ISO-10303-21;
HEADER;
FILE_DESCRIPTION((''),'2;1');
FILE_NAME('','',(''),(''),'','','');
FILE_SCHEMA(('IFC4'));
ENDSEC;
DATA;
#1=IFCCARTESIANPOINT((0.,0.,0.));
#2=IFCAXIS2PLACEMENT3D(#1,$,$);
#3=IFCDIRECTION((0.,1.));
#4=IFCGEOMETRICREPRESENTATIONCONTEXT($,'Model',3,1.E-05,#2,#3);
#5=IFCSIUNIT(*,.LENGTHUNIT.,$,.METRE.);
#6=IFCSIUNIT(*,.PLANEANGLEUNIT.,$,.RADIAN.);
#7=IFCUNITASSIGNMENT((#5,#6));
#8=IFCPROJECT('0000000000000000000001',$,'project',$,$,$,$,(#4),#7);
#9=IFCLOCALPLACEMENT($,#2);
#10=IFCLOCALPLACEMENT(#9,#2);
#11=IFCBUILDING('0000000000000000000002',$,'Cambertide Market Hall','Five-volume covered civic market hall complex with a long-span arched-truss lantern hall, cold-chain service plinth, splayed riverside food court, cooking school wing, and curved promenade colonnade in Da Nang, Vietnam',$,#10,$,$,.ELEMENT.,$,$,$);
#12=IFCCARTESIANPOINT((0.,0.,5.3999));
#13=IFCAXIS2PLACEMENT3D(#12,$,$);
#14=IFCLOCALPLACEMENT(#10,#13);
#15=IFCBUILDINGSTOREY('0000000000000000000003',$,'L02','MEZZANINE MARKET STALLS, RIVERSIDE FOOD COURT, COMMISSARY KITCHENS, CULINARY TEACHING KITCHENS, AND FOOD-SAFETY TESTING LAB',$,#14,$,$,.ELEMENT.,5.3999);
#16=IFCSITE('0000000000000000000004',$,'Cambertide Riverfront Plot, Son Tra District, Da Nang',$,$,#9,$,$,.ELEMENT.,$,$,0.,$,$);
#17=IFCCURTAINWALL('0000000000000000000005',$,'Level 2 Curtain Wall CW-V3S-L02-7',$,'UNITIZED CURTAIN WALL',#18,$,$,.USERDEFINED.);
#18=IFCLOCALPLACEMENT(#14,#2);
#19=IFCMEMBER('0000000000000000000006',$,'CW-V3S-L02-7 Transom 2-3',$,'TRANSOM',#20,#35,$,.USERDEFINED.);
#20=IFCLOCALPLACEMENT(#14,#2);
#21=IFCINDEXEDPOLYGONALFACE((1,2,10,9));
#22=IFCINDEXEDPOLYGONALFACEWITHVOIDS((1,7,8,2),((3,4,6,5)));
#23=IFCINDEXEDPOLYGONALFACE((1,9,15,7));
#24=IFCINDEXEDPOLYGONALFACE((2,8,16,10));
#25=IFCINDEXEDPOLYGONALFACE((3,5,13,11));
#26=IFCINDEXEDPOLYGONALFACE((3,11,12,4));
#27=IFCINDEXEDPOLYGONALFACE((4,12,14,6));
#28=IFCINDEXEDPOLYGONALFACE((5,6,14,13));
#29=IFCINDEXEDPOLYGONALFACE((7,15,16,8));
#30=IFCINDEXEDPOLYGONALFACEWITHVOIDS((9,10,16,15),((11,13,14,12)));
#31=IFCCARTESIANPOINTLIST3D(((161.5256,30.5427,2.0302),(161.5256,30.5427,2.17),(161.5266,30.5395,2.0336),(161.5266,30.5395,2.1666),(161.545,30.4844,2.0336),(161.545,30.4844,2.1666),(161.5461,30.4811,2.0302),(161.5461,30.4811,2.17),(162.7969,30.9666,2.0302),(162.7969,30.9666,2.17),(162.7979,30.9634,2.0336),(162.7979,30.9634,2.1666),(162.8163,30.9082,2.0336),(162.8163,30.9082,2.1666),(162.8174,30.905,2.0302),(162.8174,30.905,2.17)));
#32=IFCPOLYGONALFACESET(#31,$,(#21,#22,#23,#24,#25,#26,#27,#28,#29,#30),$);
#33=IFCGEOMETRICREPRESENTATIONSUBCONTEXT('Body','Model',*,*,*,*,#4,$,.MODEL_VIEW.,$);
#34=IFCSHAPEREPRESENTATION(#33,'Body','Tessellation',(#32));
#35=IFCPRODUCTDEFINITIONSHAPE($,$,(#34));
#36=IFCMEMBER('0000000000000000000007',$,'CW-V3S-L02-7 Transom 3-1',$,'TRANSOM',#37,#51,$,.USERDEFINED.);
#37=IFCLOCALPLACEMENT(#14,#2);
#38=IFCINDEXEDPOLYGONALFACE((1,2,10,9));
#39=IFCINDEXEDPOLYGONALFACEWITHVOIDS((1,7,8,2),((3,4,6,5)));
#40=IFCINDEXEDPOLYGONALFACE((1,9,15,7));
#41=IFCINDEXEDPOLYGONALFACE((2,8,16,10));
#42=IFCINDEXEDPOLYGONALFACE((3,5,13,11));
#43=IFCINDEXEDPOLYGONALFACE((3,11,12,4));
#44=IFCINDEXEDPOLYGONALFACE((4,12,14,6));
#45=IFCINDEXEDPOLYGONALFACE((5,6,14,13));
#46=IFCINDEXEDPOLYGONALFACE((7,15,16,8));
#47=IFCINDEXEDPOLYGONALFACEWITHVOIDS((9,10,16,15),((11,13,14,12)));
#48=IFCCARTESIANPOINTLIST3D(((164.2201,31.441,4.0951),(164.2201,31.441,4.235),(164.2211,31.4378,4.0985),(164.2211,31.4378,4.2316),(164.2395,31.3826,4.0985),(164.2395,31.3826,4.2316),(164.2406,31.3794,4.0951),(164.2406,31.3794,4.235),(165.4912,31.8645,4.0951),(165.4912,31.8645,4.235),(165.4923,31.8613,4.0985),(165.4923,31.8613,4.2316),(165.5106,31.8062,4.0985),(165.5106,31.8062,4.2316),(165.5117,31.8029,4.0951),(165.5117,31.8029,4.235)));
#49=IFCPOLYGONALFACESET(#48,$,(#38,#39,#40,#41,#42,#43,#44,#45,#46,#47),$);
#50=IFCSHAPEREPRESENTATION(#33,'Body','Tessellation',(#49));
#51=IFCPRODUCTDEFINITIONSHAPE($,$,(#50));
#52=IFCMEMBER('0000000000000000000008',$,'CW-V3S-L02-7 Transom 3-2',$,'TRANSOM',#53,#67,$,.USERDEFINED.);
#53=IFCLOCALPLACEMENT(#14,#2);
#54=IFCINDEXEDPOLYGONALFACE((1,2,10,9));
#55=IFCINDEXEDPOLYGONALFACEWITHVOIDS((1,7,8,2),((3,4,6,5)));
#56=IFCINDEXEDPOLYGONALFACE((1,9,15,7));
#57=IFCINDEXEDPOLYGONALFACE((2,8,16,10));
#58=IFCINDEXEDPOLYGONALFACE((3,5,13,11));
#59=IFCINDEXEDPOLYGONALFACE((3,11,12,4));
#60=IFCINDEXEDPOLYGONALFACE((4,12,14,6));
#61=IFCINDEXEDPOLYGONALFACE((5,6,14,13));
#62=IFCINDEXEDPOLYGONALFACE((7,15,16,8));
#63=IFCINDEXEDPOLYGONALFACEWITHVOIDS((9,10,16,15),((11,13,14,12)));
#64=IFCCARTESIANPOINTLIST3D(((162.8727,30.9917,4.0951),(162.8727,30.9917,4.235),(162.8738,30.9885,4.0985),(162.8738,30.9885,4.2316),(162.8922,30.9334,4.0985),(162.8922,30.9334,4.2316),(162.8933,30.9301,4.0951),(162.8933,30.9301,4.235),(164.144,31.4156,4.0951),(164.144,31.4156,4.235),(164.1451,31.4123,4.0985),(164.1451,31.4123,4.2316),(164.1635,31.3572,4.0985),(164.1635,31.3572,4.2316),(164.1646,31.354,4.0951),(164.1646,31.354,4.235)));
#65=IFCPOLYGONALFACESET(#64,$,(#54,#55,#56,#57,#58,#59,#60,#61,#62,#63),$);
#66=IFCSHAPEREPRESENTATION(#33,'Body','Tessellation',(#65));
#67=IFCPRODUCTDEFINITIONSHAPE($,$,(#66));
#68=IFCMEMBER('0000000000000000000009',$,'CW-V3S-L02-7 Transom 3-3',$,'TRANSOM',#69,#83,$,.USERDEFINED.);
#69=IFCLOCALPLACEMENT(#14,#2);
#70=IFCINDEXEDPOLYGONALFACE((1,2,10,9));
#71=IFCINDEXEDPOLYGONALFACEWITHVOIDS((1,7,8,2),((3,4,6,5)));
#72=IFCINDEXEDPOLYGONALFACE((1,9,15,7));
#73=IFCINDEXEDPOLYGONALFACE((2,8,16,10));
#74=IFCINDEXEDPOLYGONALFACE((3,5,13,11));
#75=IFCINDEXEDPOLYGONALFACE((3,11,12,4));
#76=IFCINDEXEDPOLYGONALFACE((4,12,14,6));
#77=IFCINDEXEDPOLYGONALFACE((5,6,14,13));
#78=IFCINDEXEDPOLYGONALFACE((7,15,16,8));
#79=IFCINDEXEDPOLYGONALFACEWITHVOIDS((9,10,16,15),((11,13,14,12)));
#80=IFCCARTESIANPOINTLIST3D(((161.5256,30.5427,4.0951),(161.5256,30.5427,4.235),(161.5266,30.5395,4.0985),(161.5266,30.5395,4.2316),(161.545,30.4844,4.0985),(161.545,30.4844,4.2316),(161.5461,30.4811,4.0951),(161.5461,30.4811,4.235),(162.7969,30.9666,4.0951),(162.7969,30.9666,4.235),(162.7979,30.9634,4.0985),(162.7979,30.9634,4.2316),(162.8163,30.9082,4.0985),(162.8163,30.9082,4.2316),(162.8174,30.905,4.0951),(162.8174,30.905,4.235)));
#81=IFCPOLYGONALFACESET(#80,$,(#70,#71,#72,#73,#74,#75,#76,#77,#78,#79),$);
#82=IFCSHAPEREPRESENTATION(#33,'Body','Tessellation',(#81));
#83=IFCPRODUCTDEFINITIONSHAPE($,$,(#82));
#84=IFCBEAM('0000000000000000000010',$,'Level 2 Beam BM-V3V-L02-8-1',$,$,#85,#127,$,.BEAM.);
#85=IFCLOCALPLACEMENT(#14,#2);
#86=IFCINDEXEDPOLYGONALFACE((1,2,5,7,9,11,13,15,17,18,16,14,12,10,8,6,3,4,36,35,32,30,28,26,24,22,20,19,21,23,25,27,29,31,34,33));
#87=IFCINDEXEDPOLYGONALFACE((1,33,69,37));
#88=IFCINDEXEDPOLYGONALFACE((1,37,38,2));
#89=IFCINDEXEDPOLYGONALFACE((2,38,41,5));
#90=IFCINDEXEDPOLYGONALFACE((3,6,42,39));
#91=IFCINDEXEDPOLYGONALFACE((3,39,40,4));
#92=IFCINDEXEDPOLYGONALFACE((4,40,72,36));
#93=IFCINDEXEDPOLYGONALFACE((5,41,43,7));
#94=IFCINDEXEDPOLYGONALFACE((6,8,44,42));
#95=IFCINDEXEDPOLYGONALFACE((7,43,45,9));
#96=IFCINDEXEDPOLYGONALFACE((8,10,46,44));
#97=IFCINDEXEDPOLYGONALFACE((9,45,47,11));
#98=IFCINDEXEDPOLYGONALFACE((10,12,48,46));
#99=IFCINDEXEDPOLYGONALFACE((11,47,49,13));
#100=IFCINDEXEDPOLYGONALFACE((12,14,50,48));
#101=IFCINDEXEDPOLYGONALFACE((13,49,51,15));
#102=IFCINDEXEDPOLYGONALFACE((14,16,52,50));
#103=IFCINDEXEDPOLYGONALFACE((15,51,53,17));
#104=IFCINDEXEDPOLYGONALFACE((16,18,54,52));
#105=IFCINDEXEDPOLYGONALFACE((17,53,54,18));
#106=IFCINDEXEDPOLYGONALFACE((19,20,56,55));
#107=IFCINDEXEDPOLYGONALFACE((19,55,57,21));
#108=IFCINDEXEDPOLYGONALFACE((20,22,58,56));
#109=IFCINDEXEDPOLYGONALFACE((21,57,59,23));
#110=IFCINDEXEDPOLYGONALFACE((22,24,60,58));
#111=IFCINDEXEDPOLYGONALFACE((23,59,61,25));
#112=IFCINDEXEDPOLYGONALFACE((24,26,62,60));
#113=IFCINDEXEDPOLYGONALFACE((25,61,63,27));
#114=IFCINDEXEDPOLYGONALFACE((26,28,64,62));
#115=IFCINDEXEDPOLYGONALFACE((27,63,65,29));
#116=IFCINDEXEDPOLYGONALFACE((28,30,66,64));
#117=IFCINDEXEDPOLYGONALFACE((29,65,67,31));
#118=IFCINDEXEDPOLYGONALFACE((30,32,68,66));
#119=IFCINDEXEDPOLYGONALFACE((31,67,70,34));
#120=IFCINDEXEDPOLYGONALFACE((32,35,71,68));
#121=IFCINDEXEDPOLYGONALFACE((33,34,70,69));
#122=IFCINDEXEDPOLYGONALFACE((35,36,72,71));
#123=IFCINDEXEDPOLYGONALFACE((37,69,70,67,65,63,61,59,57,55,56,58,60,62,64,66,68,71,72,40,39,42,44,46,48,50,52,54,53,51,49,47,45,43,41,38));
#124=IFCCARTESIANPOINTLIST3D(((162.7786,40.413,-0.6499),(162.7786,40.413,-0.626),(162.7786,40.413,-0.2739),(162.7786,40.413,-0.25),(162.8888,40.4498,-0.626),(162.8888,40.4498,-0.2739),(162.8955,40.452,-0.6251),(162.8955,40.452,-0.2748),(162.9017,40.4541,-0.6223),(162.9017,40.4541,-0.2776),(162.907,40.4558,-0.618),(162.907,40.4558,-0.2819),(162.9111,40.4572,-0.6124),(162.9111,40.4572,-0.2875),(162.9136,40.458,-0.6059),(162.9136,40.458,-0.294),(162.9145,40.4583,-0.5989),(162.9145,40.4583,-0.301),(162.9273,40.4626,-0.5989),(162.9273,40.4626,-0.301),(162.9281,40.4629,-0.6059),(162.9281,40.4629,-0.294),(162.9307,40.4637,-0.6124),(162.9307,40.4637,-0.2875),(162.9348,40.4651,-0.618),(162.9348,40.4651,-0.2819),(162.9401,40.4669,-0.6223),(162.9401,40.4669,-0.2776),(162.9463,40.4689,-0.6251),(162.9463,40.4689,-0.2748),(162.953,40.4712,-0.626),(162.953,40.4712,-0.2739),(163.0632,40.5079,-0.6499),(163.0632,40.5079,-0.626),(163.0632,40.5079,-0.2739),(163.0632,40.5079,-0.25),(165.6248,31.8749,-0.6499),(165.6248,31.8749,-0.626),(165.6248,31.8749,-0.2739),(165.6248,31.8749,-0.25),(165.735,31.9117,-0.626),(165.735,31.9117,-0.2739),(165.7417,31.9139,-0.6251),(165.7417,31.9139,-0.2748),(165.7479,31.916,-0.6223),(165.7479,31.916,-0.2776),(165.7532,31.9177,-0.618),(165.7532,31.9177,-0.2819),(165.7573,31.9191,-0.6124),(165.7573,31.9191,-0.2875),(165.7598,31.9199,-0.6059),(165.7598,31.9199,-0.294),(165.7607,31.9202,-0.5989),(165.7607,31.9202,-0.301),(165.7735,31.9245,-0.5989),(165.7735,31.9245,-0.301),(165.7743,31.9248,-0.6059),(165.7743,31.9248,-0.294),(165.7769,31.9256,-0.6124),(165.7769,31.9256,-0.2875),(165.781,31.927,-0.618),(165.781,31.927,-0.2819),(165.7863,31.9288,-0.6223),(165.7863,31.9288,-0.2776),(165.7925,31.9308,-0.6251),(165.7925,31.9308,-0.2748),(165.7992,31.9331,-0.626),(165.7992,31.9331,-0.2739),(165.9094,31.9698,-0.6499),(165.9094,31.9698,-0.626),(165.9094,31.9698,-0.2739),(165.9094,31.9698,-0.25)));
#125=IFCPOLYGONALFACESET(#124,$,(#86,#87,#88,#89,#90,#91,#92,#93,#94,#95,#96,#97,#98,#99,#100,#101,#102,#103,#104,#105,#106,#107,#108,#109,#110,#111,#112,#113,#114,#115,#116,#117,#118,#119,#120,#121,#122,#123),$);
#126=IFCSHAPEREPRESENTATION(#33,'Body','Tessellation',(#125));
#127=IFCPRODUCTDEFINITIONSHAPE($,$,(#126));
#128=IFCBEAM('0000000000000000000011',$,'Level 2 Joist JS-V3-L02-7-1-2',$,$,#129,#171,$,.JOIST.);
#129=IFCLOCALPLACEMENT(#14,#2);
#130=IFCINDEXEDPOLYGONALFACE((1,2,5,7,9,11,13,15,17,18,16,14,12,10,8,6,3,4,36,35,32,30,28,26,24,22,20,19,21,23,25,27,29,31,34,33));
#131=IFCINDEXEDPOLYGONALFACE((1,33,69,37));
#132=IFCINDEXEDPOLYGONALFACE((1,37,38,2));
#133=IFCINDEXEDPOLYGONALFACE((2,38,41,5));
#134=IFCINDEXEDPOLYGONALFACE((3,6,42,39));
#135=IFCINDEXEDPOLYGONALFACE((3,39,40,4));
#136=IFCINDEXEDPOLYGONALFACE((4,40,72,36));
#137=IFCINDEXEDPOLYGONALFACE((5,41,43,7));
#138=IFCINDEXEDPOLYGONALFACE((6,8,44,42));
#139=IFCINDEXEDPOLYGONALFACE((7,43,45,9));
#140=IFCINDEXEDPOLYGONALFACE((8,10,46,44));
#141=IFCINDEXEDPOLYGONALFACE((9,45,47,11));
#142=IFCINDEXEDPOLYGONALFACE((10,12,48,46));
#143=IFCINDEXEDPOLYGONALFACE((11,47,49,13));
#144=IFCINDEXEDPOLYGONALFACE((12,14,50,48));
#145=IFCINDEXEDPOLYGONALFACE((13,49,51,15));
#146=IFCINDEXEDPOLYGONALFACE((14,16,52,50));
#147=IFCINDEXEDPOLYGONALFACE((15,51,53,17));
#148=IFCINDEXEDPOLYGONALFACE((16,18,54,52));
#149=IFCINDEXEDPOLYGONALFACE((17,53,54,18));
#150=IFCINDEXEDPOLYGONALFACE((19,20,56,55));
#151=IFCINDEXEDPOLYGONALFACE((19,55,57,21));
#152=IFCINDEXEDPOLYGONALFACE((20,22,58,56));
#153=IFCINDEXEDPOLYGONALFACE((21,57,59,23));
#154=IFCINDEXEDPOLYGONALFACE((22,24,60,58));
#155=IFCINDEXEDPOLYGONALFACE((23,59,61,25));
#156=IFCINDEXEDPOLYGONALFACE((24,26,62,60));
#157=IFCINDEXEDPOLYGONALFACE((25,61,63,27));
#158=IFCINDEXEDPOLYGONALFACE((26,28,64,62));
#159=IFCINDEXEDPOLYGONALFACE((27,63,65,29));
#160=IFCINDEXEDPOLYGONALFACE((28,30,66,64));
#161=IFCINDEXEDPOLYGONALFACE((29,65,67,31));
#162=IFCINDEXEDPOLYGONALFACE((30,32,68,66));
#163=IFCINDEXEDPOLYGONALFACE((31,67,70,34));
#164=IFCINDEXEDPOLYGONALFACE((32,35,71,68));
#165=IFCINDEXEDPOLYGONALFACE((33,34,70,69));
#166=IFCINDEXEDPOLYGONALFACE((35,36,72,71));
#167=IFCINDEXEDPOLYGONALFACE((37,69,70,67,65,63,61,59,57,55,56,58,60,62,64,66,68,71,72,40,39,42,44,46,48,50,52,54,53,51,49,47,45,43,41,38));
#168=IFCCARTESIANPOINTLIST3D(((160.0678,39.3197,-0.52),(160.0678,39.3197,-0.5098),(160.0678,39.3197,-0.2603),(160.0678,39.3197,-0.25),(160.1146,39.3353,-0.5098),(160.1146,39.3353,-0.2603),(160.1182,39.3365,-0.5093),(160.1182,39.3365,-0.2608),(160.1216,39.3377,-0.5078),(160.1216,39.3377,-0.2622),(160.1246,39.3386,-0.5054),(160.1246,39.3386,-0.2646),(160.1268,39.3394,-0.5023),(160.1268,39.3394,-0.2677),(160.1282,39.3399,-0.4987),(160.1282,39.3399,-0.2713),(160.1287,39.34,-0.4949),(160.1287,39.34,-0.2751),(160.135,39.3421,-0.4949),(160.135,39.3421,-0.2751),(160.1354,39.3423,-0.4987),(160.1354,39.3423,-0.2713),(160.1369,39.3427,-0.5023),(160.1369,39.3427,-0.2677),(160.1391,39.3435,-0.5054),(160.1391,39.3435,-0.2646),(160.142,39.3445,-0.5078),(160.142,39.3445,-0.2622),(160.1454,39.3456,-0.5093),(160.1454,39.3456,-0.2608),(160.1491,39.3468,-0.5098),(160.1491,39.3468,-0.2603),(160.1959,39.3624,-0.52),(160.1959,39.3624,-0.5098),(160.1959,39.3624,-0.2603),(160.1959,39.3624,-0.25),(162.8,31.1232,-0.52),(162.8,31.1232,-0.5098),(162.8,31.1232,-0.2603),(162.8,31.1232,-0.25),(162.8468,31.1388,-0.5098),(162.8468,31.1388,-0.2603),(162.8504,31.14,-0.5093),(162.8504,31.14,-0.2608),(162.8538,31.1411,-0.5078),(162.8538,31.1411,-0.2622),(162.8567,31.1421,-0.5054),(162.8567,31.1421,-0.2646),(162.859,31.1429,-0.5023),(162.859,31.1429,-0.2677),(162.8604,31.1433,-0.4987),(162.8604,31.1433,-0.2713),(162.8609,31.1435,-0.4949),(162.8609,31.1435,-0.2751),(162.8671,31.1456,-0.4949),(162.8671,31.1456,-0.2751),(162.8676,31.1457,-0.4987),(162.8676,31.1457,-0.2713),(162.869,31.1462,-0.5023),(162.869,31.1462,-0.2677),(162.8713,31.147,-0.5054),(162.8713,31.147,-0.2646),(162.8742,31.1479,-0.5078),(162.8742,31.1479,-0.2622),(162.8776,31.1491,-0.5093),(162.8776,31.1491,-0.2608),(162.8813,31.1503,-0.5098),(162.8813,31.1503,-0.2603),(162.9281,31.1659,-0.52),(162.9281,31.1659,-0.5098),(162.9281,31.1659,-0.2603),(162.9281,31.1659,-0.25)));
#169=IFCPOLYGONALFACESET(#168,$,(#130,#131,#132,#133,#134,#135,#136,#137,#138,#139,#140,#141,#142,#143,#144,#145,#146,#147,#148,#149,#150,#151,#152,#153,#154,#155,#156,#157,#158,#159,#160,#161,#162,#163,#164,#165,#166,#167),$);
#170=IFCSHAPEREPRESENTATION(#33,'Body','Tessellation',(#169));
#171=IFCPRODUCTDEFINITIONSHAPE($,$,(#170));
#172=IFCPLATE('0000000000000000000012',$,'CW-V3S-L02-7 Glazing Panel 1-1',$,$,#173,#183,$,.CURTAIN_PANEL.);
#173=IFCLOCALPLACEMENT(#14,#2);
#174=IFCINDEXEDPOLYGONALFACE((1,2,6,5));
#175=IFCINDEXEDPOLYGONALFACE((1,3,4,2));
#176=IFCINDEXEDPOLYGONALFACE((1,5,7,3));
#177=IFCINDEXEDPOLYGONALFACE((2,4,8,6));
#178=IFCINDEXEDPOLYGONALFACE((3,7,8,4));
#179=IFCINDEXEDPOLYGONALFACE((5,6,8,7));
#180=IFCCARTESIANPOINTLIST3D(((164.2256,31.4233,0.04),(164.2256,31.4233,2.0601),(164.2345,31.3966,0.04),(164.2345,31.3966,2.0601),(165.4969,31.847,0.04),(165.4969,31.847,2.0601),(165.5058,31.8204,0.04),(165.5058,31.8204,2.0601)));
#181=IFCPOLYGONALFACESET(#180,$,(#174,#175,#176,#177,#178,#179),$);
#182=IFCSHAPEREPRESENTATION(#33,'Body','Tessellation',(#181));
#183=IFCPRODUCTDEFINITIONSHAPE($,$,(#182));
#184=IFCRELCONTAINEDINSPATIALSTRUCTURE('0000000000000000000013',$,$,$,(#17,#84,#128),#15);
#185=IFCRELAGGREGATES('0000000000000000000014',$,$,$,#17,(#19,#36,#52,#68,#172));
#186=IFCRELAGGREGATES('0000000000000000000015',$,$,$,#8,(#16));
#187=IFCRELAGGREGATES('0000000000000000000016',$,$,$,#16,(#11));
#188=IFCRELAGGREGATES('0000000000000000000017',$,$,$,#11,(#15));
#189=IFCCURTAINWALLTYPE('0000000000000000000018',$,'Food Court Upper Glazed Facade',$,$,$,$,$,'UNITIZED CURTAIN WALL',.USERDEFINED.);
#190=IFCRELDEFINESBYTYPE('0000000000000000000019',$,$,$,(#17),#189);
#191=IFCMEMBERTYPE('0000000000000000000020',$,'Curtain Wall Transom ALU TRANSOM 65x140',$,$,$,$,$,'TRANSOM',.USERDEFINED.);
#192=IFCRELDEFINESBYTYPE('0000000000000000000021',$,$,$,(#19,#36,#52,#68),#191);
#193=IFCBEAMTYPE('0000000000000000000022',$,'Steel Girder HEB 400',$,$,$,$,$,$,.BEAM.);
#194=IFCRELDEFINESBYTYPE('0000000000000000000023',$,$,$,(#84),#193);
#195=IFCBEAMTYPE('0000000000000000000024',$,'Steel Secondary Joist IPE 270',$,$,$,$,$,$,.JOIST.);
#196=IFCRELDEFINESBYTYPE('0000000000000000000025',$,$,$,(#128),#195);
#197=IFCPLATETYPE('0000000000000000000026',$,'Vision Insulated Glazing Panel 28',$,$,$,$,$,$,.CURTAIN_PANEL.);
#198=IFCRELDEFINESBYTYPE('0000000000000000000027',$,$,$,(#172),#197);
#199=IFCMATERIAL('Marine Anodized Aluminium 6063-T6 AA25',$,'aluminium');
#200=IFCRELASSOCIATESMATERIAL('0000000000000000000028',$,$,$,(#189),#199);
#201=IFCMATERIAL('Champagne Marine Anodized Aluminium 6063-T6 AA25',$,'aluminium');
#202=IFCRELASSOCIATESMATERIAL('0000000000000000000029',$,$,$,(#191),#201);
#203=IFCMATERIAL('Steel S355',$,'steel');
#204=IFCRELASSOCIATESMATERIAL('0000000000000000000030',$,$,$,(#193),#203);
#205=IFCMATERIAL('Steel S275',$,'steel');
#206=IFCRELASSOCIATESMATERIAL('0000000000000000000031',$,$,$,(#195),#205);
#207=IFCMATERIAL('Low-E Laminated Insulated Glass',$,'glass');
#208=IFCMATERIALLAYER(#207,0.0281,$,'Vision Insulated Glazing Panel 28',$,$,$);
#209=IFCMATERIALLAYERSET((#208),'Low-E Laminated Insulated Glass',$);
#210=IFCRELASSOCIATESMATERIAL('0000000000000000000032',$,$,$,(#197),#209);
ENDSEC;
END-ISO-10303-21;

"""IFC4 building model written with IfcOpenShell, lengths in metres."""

from ifc_helpers import new_model, si_unit, direction, frame, origin, origin_2d, place, context, subcontext, project, spatial, rectangle, hollow_rectangle, i_section, extrude, material, layer, layer_set, material_profile, profile_set, type_object, element, aggregate, save


model = new_model("IFC4")

# Units and contexts
model_context = context("Model", 3, precision=1e-05, world=origin(), true_north=direction((0.0, 1.0)))
body_context = subcontext(model_context, "Body", "Model", "MODEL_VIEW")
ifc_project = project(units=[si_unit("LENGTHUNIT", "METRE"), si_unit("PLANEANGLEUNIT", "RADIAN")], contexts=[model_context])

# Site, building, storey
site_placement = place(None, origin())
site = spatial("IfcSite", under=ifc_project, at=site_placement, Name="Cambertide Riverfront Plot, Son Tra District, Da Nang", CompositionType="ELEMENT", RefElevation=0.0)
building_placement = place(site_placement, origin())
building = spatial("IfcBuilding", under=site, at=building_placement, Name="Cambertide Market Hall", Description="Five-volume covered civic market hall complex with a long-span arched-truss lantern hall, cold-chain service plinth, splayed riverside food court, cooking school wing, and curved promenade colonnade in Da Nang, Vietnam", CompositionType="ELEMENT")
storey_placement = place(building_placement, frame((0.0, 0.0, 5.3999)))
storey = spatial("IfcBuildingStorey", under=building, at=storey_placement, Name="L02", Description="MEZZANINE MARKET STALLS, RIVERSIDE FOOD COURT, COMMISSARY KITCHENS, CULINARY TEACHING KITCHENS, AND FOOD-SAFETY TESTING LAB", CompositionType="ELEMENT", Elevation=5.3999)

# Curtain wall, members
ifc_material_1 = material(Name="Marine Anodized Aluminium 6063-T6 AA25", Category="aluminium")
curtain_wall_type = type_object("IfcCurtainWallType", Name="Food Court Upper Glazed Facade", ElementType="UNITIZED CURTAIN WALL", PredefinedType="USERDEFINED", material=ifc_material_1)
curtain_wall_placement = place(storey_placement, origin())
curtain_wall = element("IfcCurtainWall", 1, at=curtain_wall_placement, inside=storey, type_object=curtain_wall_type, Name="Level 2 Curtain Wall CW-V3S-L02-7", ObjectType="UNITIZED CURTAIN WALL", PredefinedType="USERDEFINED")
ifc_material_2 = material(Name="Champagne Marine Anodized Aluminium 6063-T6 AA25", Category="aluminium")
ifc_material_profile_1 = material_profile(ifc_material_2, hollow_rectangle(XDim=0.0649, YDim=0.1399, WallThickness=0.0034, at=origin_2d()), Name="ALU TRANSOM 65x140")
ifc_profile_set_1 = profile_set([ifc_material_profile_1], Name="Champagne Marine Anodized Aluminium 6063-T6 AA25")
member_type_1 = type_object("IfcMemberType", Name="Curtain Wall Transom ALU TRANSOM 65x140", ElementType="TRANSOM", PredefinedType="USERDEFINED", material=ifc_profile_set_1)
member_1_placement = place(storey_placement, frame((162.8071, 30.9358, 2.1001), z_axis=(-0.948665, -0.316282, 0.0), x_axis=(0.316282, -0.948665, 0.0)))
member_1 = element("IfcMember", 2, at=member_1_placement, type_object=member_type_1, Name="CW-V3S-L02-7 Transom 2-3", ObjectType="TRANSOM", PredefinedType="USERDEFINED", context=body_context, shape_type="SweptSolid", body=[
    extrude(hollow_rectangle(XDim=0.0649, YDim=0.1399, WallThickness=0.0034, at=origin_2d()), origin(), (0.0, 0.0, 1.0), 1.3401),
])
member_2_placement = place(storey_placement, frame((165.5015, 31.8337, 4.165), z_axis=(-0.94872, -0.316118, 0.0), x_axis=(0.316118, -0.94872, 0.0)))
member_2 = element("IfcMember", 3, at=member_2_placement, type_object=member_type_1, Name="CW-V3S-L02-7 Transom 3-1", ObjectType="TRANSOM", PredefinedType="USERDEFINED", context=body_context, shape_type="SweptSolid", body=[
    extrude(hollow_rectangle(XDim=0.0649, YDim=0.1399, WallThickness=0.0034, at=origin_2d()), origin(), (0.0, 0.0, 1.0), 1.3398),
])
member_3_placement = place(storey_placement, frame((164.1543, 31.3848, 4.165), z_axis=(-0.948665, -0.316282, 0.0), x_axis=(0.316282, -0.948665, 0.0)))
member_3 = element("IfcMember", 4, at=member_3_placement, type_object=member_type_1, Name="CW-V3S-L02-7 Transom 3-2", ObjectType="TRANSOM", PredefinedType="USERDEFINED", context=body_context, shape_type="SweptSolid", body=[
    extrude(hollow_rectangle(XDim=0.0649, YDim=0.1399, WallThickness=0.0034, at=origin_2d()), origin(), (0.0, 0.0, 1.0), 1.3401),
])
member_4_placement = place(storey_placement, frame((162.8071, 30.9358, 4.165), z_axis=(-0.948665, -0.316282, 0.0), x_axis=(0.316282, -0.948665, 0.0)))
member_4 = element("IfcMember", 5, at=member_4_placement, type_object=member_type_1, Name="CW-V3S-L02-7 Transom 3-3", ObjectType="TRANSOM", PredefinedType="USERDEFINED", context=body_context, shape_type="SweptSolid", body=[
    extrude(hollow_rectangle(XDim=0.0649, YDim=0.1399, WallThickness=0.0034, at=origin_2d()), origin(), (0.0, 0.0, 1.0), 1.3401),
])

# Beams
ifc_material_3 = material(Name="Steel S355", Category="steel")
ifc_material_profile_2 = material_profile(ifc_material_3, i_section(OverallWidth=0.3, OverallDepth=0.3999, WebThickness=0.0134, FlangeThickness=0.0239, FilletRadius=0.0271, at=origin_2d()), Name="HEB 400")
ifc_profile_set_2 = profile_set([ifc_material_profile_2], Name="Steel S355")
beam_type_1 = type_object("IfcBeamType", Name="Steel Girder HEB 400", PredefinedType="BEAM", material=ifc_profile_set_2)
beam_1_placement = place(storey_placement, frame((165.7671, 31.9224, -0.45), z_axis=(-0.316244, 0.948678, 0.0), x_axis=(-0.948678, -0.316244, 0.0)))
element("IfcBeam", 6, at=beam_1_placement, inside=storey, type_object=beam_type_1, Name="Level 2 Beam BM-V3V-L02-8-1", PredefinedType="BEAM", context=body_context, shape_type="SweptSolid", body=[
    extrude(i_section(OverallWidth=0.3, OverallDepth=0.3999, WebThickness=0.0134, FlangeThickness=0.0239, FilletRadius=0.0271, at=origin_2d()), origin(), (0.0, 0.0, 1.0), 9.0),
])
ifc_material_4 = material(Name="Steel S275", Category="steel")
ifc_material_profile_3 = material_profile(ifc_material_4, i_section(OverallWidth=0.135, OverallDepth=0.27, WebThickness=0.0066, FlangeThickness=0.0103, FilletRadius=0.0149, at=origin_2d()), Name="IPE 270")
ifc_profile_set_3 = profile_set([ifc_material_profile_3], Name="Steel S275")
beam_type_2 = type_object("IfcBeamType", Name="Steel Secondary Joist IPE 270", PredefinedType="JOIST", material=ifc_profile_set_3)
beam_2_placement = place(storey_placement, frame((162.864, 31.1445, -0.385), z_axis=(-0.316228, 0.948683, 0.0), x_axis=(-0.948683, -0.316228, 0.0)))
element("IfcBeam", 7, at=beam_2_placement, inside=storey, type_object=beam_type_2, Name="Level 2 Joist JS-V3-L02-7-1-2", PredefinedType="JOIST", context=body_context, shape_type="SweptSolid", body=[
    extrude(i_section(OverallWidth=0.135, OverallDepth=0.27, WebThickness=0.0066, FlangeThickness=0.0103, FilletRadius=0.0149, at=origin_2d()), origin(), (0.0, 0.0, 1.0), 8.6399),
])

# Plate
ifc_material_5 = material(Name="Low-E Laminated Insulated Glass", Category="glass")
ifc_layer_1 = layer(ifc_material_5, 0.0281, Name="Vision Insulated Glazing Panel 28")
ifc_layer_set_1 = layer_set([ifc_layer_1], Name="Low-E Laminated Insulated Glass")
plate_type = type_object("IfcPlateType", Name="Vision Insulated Glazing Panel 28", PredefinedType="CURTAIN_PANEL", material=ifc_layer_set_1)
plate_1_placement = place(storey_placement, frame((164.8657, 31.6218, 0.04), z_axis=(0.0, 0.0, 1.0), x_axis=(-0.948683, -0.316228, 0.0)))
plate_1 = element("IfcPlate", 8, at=plate_1_placement, type_object=plate_type, Name="CW-V3S-L02-7 Glazing Panel 1-1", PredefinedType="CURTAIN_PANEL", context=body_context, shape_type="SweptSolid", body=[
    extrude(rectangle(XDim=1.3401, YDim=0.0281, at=origin_2d()), origin(), (0.0, 0.0, 1.0), 2.02),
])
aggregate(curtain_wall, [member_1, member_2, member_3, member_4, plate_1])

save(model, "model.ifc")
